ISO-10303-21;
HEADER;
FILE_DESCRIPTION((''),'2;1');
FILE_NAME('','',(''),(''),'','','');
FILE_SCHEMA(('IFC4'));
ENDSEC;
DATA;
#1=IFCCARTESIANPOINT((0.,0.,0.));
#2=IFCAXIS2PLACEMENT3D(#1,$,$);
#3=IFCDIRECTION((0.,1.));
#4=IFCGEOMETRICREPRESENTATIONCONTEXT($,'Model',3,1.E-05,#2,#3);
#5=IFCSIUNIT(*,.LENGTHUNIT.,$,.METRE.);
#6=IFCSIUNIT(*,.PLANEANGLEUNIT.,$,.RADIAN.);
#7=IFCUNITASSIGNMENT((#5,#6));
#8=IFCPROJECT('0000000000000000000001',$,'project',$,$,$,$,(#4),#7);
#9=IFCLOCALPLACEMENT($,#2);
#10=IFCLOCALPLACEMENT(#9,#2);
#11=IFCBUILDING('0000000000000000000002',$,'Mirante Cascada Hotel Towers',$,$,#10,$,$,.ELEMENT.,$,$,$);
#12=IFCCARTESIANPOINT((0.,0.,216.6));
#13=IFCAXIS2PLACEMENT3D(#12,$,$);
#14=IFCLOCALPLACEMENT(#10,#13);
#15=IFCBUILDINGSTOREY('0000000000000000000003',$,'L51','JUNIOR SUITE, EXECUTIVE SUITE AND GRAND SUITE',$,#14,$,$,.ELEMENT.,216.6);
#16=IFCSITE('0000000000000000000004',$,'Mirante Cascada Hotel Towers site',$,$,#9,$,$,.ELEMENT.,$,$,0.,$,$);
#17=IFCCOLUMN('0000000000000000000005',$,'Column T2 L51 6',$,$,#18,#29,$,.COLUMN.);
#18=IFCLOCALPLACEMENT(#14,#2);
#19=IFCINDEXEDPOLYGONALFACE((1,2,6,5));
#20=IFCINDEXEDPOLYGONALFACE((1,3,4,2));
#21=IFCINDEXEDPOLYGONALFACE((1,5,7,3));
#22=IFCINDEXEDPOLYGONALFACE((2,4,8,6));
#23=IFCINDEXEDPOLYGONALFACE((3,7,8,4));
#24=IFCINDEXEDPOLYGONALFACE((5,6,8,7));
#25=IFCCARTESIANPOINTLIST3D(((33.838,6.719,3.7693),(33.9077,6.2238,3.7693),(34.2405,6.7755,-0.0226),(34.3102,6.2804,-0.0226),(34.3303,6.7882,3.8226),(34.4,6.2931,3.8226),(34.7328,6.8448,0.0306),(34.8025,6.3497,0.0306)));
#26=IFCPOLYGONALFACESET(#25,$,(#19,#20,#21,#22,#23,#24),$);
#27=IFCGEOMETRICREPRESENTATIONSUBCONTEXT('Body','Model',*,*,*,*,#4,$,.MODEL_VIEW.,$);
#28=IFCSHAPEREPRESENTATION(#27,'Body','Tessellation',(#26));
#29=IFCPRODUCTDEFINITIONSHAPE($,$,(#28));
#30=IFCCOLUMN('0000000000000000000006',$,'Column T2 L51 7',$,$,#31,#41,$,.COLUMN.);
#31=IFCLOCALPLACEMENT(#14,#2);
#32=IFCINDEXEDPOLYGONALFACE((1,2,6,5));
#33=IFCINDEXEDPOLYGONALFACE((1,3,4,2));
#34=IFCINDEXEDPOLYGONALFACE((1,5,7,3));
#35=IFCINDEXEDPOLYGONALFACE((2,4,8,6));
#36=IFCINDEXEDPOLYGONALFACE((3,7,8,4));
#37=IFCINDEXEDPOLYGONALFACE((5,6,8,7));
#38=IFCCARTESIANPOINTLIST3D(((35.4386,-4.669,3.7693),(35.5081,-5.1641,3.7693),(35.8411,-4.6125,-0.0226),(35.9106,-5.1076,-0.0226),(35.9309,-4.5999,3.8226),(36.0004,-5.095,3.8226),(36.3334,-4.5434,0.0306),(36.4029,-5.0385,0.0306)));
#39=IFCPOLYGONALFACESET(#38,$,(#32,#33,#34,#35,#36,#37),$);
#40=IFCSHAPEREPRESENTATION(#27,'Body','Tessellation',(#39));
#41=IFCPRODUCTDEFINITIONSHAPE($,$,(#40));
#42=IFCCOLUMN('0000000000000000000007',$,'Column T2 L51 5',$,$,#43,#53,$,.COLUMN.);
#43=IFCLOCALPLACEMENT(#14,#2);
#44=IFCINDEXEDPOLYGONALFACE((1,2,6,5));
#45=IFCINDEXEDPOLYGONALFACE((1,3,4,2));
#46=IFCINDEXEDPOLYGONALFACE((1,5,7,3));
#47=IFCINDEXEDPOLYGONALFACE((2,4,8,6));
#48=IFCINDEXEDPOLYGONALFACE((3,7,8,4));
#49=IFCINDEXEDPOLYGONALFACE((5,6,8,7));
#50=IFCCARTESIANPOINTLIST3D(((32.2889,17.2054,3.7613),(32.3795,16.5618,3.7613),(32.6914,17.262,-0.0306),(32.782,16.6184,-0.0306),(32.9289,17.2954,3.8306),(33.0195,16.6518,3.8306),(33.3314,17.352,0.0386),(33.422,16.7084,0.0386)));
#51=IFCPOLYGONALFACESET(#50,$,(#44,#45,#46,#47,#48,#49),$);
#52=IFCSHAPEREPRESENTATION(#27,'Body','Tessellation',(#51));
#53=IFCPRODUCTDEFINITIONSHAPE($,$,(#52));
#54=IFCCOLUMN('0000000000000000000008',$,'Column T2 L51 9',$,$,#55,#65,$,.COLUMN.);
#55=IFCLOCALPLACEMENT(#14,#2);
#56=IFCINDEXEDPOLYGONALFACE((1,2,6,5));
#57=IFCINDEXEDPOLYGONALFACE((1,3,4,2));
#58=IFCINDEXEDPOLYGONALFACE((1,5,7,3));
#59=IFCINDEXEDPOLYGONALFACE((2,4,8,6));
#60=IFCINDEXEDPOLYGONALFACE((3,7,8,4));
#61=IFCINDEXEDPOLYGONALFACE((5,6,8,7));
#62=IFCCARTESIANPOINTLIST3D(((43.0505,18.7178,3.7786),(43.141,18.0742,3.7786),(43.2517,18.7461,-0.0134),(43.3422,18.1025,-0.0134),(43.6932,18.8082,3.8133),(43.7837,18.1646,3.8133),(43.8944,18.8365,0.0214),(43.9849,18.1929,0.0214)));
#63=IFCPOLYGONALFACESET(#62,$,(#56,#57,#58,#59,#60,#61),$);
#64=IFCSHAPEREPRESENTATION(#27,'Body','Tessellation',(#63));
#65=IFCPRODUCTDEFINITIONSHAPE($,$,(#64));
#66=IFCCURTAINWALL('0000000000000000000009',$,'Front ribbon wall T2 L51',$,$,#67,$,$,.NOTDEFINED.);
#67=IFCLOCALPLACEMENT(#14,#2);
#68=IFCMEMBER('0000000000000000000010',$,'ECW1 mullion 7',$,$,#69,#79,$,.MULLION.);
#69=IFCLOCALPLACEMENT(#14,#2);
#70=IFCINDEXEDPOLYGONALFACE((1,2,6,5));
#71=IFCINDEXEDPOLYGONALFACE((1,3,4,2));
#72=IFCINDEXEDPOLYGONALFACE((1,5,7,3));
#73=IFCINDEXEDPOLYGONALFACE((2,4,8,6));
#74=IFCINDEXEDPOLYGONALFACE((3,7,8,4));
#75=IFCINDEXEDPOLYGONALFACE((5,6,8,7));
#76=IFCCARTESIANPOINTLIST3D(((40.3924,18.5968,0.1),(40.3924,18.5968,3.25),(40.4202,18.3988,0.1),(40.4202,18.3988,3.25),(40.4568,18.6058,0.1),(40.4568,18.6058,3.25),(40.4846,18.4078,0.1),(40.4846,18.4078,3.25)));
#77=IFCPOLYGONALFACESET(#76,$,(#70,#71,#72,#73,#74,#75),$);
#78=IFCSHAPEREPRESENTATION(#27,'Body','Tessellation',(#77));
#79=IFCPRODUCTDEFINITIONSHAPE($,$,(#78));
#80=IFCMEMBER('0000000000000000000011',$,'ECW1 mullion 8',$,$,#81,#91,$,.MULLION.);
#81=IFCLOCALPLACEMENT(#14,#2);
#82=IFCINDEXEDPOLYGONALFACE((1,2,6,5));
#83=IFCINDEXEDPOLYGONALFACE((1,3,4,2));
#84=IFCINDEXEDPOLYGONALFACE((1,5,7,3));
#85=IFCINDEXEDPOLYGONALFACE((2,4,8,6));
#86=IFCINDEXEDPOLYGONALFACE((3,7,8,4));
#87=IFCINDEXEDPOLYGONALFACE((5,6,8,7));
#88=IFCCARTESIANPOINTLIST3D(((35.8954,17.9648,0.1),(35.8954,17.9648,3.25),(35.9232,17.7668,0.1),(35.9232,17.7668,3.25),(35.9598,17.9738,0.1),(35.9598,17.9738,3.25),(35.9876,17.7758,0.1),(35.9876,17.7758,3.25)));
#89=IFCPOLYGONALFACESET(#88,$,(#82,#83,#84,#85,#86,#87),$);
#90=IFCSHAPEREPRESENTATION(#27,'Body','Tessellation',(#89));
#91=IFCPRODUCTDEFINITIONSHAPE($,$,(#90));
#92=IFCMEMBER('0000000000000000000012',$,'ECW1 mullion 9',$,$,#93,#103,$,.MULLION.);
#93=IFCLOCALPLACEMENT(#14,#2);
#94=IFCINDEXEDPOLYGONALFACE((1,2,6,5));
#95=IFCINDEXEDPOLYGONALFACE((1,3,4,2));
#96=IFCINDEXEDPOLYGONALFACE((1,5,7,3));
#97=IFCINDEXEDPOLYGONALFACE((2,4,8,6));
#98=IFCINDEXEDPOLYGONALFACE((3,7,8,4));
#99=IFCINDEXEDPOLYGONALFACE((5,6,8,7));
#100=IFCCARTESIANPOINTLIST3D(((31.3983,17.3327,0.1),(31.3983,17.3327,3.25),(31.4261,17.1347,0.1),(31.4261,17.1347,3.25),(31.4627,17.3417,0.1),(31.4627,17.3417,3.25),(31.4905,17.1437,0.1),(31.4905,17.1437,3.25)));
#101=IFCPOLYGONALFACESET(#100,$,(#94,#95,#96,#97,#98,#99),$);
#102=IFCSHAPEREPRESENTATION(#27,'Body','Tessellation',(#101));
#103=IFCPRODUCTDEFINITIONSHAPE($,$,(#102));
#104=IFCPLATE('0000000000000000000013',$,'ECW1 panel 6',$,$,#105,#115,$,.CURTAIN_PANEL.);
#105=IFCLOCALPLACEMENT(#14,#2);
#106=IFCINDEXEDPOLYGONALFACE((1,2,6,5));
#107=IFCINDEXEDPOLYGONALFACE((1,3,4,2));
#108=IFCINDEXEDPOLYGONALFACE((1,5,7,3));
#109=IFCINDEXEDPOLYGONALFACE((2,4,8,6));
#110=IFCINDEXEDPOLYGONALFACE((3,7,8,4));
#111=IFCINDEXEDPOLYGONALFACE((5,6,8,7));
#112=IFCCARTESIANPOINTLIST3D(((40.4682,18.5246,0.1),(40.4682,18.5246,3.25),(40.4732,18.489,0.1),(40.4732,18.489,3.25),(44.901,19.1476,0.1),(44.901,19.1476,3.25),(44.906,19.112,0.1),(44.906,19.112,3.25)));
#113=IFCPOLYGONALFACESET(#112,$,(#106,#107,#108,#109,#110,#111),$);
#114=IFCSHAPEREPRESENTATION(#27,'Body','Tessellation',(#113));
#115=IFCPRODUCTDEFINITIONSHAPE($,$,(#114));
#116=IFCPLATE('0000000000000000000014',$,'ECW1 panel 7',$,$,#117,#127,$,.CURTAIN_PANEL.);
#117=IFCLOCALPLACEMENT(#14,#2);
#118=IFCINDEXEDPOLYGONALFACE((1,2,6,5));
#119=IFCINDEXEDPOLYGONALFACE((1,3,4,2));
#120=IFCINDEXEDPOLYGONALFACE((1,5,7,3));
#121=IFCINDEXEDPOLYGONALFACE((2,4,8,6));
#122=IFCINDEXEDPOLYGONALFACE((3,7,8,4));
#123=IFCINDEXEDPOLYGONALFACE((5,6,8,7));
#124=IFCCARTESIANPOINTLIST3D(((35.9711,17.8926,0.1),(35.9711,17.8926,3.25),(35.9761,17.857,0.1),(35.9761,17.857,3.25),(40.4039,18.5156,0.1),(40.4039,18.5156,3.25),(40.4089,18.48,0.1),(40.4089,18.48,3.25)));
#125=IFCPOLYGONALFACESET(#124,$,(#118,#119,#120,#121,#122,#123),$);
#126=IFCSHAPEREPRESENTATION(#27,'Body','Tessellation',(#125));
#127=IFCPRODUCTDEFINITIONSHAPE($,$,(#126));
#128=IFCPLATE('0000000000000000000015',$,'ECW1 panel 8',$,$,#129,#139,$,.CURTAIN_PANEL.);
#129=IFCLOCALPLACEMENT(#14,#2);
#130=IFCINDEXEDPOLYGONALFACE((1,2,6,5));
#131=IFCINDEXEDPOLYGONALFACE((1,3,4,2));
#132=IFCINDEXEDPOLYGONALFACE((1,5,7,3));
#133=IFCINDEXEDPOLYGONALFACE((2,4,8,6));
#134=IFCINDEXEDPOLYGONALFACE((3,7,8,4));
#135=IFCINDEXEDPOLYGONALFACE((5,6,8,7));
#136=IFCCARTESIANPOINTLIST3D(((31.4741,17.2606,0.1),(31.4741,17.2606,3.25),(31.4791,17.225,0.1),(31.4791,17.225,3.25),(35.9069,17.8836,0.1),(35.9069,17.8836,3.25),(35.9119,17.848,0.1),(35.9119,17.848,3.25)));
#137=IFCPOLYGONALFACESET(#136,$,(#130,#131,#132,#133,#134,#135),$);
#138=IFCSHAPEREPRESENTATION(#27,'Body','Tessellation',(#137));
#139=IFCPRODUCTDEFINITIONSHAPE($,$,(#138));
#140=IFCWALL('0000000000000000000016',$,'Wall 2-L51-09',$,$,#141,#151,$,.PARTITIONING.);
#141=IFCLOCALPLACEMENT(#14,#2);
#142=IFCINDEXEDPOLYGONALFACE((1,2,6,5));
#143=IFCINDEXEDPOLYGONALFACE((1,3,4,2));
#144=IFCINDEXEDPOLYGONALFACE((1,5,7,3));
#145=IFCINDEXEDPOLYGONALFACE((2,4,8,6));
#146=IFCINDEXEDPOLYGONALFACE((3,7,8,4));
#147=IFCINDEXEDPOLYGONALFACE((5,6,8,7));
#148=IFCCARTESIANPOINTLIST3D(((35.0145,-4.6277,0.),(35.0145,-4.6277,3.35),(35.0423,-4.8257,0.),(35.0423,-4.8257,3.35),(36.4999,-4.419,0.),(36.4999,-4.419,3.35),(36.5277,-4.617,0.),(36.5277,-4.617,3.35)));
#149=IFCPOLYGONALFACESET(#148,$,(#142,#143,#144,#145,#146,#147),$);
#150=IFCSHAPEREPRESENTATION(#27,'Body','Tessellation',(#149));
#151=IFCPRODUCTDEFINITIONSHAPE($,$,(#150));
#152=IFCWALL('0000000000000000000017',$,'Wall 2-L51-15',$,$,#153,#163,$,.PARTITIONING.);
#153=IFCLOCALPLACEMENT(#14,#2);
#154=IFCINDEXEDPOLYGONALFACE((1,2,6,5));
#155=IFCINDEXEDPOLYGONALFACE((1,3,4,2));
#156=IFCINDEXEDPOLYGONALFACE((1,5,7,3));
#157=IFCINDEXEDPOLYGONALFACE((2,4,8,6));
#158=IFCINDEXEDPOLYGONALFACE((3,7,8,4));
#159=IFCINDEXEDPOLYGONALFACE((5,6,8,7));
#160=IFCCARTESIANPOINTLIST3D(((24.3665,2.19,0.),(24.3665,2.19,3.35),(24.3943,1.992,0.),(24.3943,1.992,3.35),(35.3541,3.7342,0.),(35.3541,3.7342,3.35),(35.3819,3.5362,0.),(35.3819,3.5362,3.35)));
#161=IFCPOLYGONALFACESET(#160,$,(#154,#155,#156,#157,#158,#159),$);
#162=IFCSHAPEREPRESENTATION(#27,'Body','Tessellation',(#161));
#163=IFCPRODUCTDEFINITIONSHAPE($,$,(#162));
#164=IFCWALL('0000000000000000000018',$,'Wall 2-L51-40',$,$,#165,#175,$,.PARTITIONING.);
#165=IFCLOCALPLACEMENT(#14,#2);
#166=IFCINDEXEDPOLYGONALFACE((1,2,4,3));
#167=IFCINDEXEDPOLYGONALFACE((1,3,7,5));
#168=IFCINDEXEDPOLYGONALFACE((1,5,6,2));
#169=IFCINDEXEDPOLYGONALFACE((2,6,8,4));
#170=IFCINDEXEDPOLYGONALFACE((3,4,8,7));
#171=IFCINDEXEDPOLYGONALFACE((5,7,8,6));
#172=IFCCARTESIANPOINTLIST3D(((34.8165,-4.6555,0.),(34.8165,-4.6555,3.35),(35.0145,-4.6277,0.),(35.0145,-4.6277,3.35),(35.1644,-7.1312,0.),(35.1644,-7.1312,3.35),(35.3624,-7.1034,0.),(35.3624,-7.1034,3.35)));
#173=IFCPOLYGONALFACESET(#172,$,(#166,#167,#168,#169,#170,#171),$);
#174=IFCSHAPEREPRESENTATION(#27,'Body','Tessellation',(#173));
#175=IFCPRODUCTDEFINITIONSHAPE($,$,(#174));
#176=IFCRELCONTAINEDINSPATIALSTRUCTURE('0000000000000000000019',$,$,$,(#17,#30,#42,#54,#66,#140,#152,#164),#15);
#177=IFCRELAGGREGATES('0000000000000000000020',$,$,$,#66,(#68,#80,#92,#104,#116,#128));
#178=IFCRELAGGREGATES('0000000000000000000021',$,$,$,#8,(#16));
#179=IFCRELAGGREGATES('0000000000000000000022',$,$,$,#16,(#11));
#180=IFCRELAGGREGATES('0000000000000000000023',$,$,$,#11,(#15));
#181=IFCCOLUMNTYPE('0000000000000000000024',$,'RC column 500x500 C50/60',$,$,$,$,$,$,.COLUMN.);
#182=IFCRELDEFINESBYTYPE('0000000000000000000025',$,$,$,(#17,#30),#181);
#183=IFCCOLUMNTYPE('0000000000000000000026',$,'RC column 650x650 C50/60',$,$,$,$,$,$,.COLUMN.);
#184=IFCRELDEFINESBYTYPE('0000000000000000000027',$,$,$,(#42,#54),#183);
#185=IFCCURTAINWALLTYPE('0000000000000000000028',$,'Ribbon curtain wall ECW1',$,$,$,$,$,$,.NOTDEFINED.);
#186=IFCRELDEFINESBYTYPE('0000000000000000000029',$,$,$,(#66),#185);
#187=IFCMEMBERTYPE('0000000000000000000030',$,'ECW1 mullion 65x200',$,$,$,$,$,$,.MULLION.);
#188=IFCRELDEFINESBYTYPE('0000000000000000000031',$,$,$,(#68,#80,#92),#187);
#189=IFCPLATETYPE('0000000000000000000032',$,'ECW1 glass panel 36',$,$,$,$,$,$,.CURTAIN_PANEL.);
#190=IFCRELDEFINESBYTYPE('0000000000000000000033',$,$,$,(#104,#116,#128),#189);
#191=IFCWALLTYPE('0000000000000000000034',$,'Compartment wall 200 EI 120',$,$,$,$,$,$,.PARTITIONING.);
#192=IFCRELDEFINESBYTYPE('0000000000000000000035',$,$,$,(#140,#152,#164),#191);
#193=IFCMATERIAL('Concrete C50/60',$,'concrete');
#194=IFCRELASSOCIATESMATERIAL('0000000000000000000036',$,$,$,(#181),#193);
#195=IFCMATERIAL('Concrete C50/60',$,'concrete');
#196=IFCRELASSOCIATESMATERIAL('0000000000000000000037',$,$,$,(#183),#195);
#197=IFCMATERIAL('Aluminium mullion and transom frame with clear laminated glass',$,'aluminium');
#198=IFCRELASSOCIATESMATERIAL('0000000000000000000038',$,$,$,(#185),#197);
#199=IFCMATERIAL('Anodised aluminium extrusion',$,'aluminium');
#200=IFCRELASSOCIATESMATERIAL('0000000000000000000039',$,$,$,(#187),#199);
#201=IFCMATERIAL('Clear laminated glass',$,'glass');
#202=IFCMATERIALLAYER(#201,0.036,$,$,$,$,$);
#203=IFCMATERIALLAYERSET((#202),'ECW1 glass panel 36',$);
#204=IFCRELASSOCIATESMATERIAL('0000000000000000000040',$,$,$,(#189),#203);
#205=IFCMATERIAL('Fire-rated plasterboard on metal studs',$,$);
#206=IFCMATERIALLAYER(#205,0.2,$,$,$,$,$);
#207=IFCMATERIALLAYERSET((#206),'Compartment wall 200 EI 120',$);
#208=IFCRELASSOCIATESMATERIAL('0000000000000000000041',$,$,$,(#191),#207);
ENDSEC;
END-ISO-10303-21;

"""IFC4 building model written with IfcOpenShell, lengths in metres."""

from ifc_helpers import new_model, si_unit, direction, frame, frame_2d, origin, origin_2d, place, context, subcontext, project, spatial, rectangle, extrude, material, layer, layer_set, material_profile, profile_set, type_object, element, aggregate, save


model = new_model("IFC4")

# Units and contexts
model_context = context("Model", 3, precision=1e-05, world=origin(), true_north=direction((0.0, 1.0)))
body_context = subcontext(model_context, "Body", "Model", "MODEL_VIEW")
ifc_project = project(units=[si_unit("LENGTHUNIT", "METRE"), si_unit("PLANEANGLEUNIT", "RADIAN")], contexts=[model_context])

# Site, building, storey
site_placement = place(None, origin())
site = spatial("IfcSite", under=ifc_project, at=site_placement, Name="Mirante Cascada Hotel Towers site", CompositionType="ELEMENT", RefElevation=0.0)
building_placement = place(site_placement, origin())
building = spatial("IfcBuilding", under=site, at=building_placement, Name="Mirante Cascada Hotel Towers", CompositionType="ELEMENT")
storey_placement = place(building_placement, frame((0.0, 0.0, 216.6)))
storey = spatial("IfcBuildingStorey", under=building, at=storey_placement, Name="L51", Description="JUNIOR SUITE, EXECUTIVE SUITE AND GRAND SUITE", CompositionType="ELEMENT", Elevation=216.6)

# Columns
ifc_material_1 = material(Name="Concrete C50/60", Category="concrete")
ifc_material_profile_1 = material_profile(ifc_material_1, rectangle(XDim=0.5, YDim=0.5, at=origin_2d()), Name="RC column 500x500 C50/60")
ifc_profile_set_1 = profile_set([ifc_material_profile_1], Name="Concrete C50/60")
column_type_1 = type_object("IfcColumnType", Name="RC column 500x500 C50/60", PredefinedType="COLUMN", material=ifc_profile_set_1)
for number, where, z_axis, x_axis, name in (
    (1, (34.5215, 6.5626, 0.004), (-0.10554, -0.014841, 0.994304), (0.139251, -0.990257, 0.0), "Column T2 L51 6"),
    (2, (36.122, -4.8255, 0.004), (-0.10554, -0.014815, 0.994305), (0.13901, -0.990291, 0.0), "Column T2 L51 7"),
):
    element("IfcColumn", number, at=place(storey_placement, frame(where, z_axis=z_axis, x_axis=x_axis)), inside=storey, type_object=column_type_1, Name=name, PredefinedType="COLUMN", context=body_context, shape_type="SweptSolid", body=[
        extrude(rectangle(XDim=0.5, YDim=0.5, at=origin_2d()), origin(), (0.0, 0.0, 1.0), 3.8137),
    ])
ifc_material_2 = material(Name="Concrete C50/60", Category="concrete")
ifc_material_profile_2 = material_profile(ifc_material_2, rectangle(XDim=0.65, YDim=0.65, at=origin_2d()), Name="RC column 650x650 C50/60")
ifc_profile_set_2 = profile_set([ifc_material_profile_2], Name="Concrete C50/60")
column_type_2 = type_object("IfcColumnType", Name="RC column 650x650 C50/60", PredefinedType="COLUMN", material=ifc_profile_set_2)
column_1_placement = place(storey_placement, frame((33.0567, 16.9852, 0.004), z_axis=(-0.10554, -0.014841, 0.994304), x_axis=(0.139251, -0.990257, 0.0)))
element("IfcColumn", 3, at=column_1_placement, inside=storey, type_object=column_type_2, Name="Column T2 L51 5", PredefinedType="COLUMN", context=body_context, shape_type="SweptSolid", body=[
    extrude(rectangle(XDim=0.65, YDim=0.65, at=origin_2d()), origin(), (0.0, 0.0, 1.0), 3.8137),
])
column_2_placement = place(storey_placement, frame((43.6183, 18.4695, 0.004), z_axis=(-0.052983, -0.007452, 0.998568), x_axis=(0.139285, -0.990252, 0.0)))
element("IfcColumn", 4, at=column_2_placement, inside=storey, type_object=column_type_2, Name="Column T2 L51 9", PredefinedType="COLUMN", context=body_context, shape_type="SweptSolid", body=[
    extrude(rectangle(XDim=0.65, YDim=0.65, at=origin_2d()), origin(), (0.0, 0.0, 1.0), 3.7974),
])

# Curtain wall, members, plates
ifc_material_3 = material(Name="Aluminium mullion and transom frame with clear laminated glass", Category="aluminium")
curtain_wall_type = type_object("IfcCurtainWallType", Name="Ribbon curtain wall ECW1", PredefinedType="NOTDEFINED", material=ifc_material_3)
curtain_wall_placement = place(storey_placement, origin())
curtain_wall = element("IfcCurtainWall", 5, at=curtain_wall_placement, inside=storey, type_object=curtain_wall_type, Name="Front ribbon wall T2 L51", PredefinedType="NOTDEFINED")
ifc_material_4 = material(Name="Anodised aluminium extrusion", Category="aluminium")
ifc_material_profile_3 = material_profile(ifc_material_4, rectangle(XDim=0.2, YDim=0.065, at=origin_2d()), Name="ECW1 MULLION 65x200")
ifc_profile_set_3 = profile_set([ifc_material_profile_3], Name="Anodised aluminium extrusion")
member_type = type_object("IfcMemberType", Name="ECW1 mullion 65x200", PredefinedType="MULLION", material=ifc_profile_set_3)
member_1_placement = place(storey_placement, frame((40.4385, 18.5023, 0.1), z_axis=(0.0, 0.0, 1.0), x_axis=(0.139173, -0.990268, 0.0)))
member_1 = element("IfcMember", 6, at=member_1_placement, type_object=member_type, Name="ECW1 mullion 7", PredefinedType="MULLION", context=body_context, shape_type="SweptSolid", body=[
    extrude(rectangle(XDim=0.2, YDim=0.065, at=origin_2d()), origin(), (0.0, 0.0, 1.0), 3.15),
])
member_2_placement = place(storey_placement, frame((35.9415, 17.8703, 0.1), z_axis=(0.0, 0.0, 1.0), x_axis=(0.139173, -0.990268, 0.0)))
member_2 = element("IfcMember", 7, at=member_2_placement, type_object=member_type, Name="ECW1 mullion 8", PredefinedType="MULLION", context=body_context, shape_type="SweptSolid", body=[
    extrude(rectangle(XDim=0.2, YDim=0.065, at=origin_2d()), origin(), (0.0, 0.0, 1.0), 3.15),
])
member_3_placement = place(storey_placement, frame((31.4444, 17.2382, 0.1), z_axis=(0.0, 0.0, 1.0), x_axis=(0.139173, -0.990268, 0.0)))
member_3 = element("IfcMember", 8, at=member_3_placement, type_object=member_type, Name="ECW1 mullion 9", PredefinedType="MULLION", context=body_context, shape_type="SweptSolid", body=[
    extrude(rectangle(XDim=0.2, YDim=0.065, at=origin_2d()), origin(), (0.0, 0.0, 1.0), 3.15),
])
ifc_material_5 = material(Name="Clear laminated glass", Category="glass")
ifc_layer_1 = layer(ifc_material_5, 0.036)
ifc_layer_set_1 = layer_set([ifc_layer_1], Name="ECW1 glass panel 36")
plate_type = type_object("IfcPlateType", Name="ECW1 glass panel 36", PredefinedType="CURTAIN_PANEL", material=ifc_layer_set_1)
plate_1_placement = place(storey_placement, frame((42.6871, 18.8183, 0.1), z_axis=(0.0, 0.0, 1.0), x_axis=(-0.990268, -0.139173, 0.0)))
plate_1 = element("IfcPlate", 9, at=plate_1_placement, type_object=plate_type, Name="ECW1 panel 6", PredefinedType="CURTAIN_PANEL", context=body_context, shape_type="SweptSolid", body=[
    extrude(rectangle(XDim=4.4763, YDim=0.036, at=origin_2d()), origin(), (0.0, 0.0, 1.0), 3.15),
])
plate_2_placement = place(storey_placement, frame((38.19, 18.1863, 0.1), z_axis=(0.0, 0.0, 1.0), x_axis=(-0.990268, -0.139173, 0.0)))
plate_2 = element("IfcPlate", 10, at=plate_2_placement, type_object=plate_type, Name="ECW1 panel 7", PredefinedType="CURTAIN_PANEL", context=body_context, shape_type="SweptSolid", body=[
    extrude(rectangle(XDim=4.4763, YDim=0.036, at=origin_2d()), origin(), (0.0, 0.0, 1.0), 3.15),
])
plate_3_placement = place(storey_placement, frame((33.693, 17.5543, 0.1), z_axis=(0.0, 0.0, 1.0), x_axis=(-0.990268, -0.139173, 0.0)))
plate_3 = element("IfcPlate", 11, at=plate_3_placement, type_object=plate_type, Name="ECW1 panel 8", PredefinedType="CURTAIN_PANEL", context=body_context, shape_type="SweptSolid", body=[
    extrude(rectangle(XDim=4.4763, YDim=0.036, at=origin_2d()), origin(), (0.0, 0.0, 1.0), 3.15),
])
aggregate(curtain_wall, [member_1, member_2, member_3, plate_1, plate_2, plate_3])

# Walls
ifc_material_6 = material(Name="Fire-rated plasterboard on metal studs")
ifc_layer_2 = layer(ifc_material_6, 0.2)
ifc_layer_set_2 = layer_set([ifc_layer_2], Name="Compartment wall 200 EI 120")
wall_type_1 = type_object("IfcWallType", Name="Compartment wall 200 EI 120", PredefinedType="PARTITIONING", material=ifc_layer_set_2)
wall_1_placement = place(storey_placement, frame((36.5138, -4.518, 0.0), z_axis=(0.0, 0.0, 1.0), x_axis=(-0.990274, -0.139134, 0.0)))
element("IfcWall", 12, at=wall_1_placement, inside=storey, type_object=wall_type_1, Name="Wall 2-L51-09", PredefinedType="PARTITIONING", context=body_context, shape_type="SweptSolid", body=[
    extrude(rectangle(XDim=1.5, YDim=0.2, at=frame_2d((0.75, 0.0))), origin(), (0.0, 0.0, 1.0), 3.35),
])
wall_2_placement = place(storey_placement, frame((35.368, 3.6352, 0.0), z_axis=(0.0, 0.0, 1.0), x_axis=(-0.990268, -0.139173, 0.0)))
element("IfcWall", 13, at=wall_2_placement, inside=storey, type_object=wall_type_1, Name="Wall 2-L51-15", PredefinedType="PARTITIONING", context=body_context, shape_type="SweptSolid", body=[
    extrude(rectangle(XDim=11.0956, YDim=0.2, at=frame_2d((5.5478, 0.0))), origin(), (0.0, 0.0, 1.0), 3.35),
])
wall_3_placement = place(storey_placement, frame((35.2634, -7.1173, 0.0), z_axis=(0.0, 0.0, 1.0), x_axis=(-0.139159, 0.99027, 0.0)))
element("IfcWall", 14, at=wall_3_placement, inside=storey, type_object=wall_type_1, Name="Wall 2-L51-40", PredefinedType="PARTITIONING", context=body_context, shape_type="SweptSolid", body=[
    extrude(rectangle(XDim=2.5, YDim=0.2, at=frame_2d((1.25, 0.0))), origin(), (0.0, 0.0, 1.0), 3.35),
])

save(model, "model.ifc")
